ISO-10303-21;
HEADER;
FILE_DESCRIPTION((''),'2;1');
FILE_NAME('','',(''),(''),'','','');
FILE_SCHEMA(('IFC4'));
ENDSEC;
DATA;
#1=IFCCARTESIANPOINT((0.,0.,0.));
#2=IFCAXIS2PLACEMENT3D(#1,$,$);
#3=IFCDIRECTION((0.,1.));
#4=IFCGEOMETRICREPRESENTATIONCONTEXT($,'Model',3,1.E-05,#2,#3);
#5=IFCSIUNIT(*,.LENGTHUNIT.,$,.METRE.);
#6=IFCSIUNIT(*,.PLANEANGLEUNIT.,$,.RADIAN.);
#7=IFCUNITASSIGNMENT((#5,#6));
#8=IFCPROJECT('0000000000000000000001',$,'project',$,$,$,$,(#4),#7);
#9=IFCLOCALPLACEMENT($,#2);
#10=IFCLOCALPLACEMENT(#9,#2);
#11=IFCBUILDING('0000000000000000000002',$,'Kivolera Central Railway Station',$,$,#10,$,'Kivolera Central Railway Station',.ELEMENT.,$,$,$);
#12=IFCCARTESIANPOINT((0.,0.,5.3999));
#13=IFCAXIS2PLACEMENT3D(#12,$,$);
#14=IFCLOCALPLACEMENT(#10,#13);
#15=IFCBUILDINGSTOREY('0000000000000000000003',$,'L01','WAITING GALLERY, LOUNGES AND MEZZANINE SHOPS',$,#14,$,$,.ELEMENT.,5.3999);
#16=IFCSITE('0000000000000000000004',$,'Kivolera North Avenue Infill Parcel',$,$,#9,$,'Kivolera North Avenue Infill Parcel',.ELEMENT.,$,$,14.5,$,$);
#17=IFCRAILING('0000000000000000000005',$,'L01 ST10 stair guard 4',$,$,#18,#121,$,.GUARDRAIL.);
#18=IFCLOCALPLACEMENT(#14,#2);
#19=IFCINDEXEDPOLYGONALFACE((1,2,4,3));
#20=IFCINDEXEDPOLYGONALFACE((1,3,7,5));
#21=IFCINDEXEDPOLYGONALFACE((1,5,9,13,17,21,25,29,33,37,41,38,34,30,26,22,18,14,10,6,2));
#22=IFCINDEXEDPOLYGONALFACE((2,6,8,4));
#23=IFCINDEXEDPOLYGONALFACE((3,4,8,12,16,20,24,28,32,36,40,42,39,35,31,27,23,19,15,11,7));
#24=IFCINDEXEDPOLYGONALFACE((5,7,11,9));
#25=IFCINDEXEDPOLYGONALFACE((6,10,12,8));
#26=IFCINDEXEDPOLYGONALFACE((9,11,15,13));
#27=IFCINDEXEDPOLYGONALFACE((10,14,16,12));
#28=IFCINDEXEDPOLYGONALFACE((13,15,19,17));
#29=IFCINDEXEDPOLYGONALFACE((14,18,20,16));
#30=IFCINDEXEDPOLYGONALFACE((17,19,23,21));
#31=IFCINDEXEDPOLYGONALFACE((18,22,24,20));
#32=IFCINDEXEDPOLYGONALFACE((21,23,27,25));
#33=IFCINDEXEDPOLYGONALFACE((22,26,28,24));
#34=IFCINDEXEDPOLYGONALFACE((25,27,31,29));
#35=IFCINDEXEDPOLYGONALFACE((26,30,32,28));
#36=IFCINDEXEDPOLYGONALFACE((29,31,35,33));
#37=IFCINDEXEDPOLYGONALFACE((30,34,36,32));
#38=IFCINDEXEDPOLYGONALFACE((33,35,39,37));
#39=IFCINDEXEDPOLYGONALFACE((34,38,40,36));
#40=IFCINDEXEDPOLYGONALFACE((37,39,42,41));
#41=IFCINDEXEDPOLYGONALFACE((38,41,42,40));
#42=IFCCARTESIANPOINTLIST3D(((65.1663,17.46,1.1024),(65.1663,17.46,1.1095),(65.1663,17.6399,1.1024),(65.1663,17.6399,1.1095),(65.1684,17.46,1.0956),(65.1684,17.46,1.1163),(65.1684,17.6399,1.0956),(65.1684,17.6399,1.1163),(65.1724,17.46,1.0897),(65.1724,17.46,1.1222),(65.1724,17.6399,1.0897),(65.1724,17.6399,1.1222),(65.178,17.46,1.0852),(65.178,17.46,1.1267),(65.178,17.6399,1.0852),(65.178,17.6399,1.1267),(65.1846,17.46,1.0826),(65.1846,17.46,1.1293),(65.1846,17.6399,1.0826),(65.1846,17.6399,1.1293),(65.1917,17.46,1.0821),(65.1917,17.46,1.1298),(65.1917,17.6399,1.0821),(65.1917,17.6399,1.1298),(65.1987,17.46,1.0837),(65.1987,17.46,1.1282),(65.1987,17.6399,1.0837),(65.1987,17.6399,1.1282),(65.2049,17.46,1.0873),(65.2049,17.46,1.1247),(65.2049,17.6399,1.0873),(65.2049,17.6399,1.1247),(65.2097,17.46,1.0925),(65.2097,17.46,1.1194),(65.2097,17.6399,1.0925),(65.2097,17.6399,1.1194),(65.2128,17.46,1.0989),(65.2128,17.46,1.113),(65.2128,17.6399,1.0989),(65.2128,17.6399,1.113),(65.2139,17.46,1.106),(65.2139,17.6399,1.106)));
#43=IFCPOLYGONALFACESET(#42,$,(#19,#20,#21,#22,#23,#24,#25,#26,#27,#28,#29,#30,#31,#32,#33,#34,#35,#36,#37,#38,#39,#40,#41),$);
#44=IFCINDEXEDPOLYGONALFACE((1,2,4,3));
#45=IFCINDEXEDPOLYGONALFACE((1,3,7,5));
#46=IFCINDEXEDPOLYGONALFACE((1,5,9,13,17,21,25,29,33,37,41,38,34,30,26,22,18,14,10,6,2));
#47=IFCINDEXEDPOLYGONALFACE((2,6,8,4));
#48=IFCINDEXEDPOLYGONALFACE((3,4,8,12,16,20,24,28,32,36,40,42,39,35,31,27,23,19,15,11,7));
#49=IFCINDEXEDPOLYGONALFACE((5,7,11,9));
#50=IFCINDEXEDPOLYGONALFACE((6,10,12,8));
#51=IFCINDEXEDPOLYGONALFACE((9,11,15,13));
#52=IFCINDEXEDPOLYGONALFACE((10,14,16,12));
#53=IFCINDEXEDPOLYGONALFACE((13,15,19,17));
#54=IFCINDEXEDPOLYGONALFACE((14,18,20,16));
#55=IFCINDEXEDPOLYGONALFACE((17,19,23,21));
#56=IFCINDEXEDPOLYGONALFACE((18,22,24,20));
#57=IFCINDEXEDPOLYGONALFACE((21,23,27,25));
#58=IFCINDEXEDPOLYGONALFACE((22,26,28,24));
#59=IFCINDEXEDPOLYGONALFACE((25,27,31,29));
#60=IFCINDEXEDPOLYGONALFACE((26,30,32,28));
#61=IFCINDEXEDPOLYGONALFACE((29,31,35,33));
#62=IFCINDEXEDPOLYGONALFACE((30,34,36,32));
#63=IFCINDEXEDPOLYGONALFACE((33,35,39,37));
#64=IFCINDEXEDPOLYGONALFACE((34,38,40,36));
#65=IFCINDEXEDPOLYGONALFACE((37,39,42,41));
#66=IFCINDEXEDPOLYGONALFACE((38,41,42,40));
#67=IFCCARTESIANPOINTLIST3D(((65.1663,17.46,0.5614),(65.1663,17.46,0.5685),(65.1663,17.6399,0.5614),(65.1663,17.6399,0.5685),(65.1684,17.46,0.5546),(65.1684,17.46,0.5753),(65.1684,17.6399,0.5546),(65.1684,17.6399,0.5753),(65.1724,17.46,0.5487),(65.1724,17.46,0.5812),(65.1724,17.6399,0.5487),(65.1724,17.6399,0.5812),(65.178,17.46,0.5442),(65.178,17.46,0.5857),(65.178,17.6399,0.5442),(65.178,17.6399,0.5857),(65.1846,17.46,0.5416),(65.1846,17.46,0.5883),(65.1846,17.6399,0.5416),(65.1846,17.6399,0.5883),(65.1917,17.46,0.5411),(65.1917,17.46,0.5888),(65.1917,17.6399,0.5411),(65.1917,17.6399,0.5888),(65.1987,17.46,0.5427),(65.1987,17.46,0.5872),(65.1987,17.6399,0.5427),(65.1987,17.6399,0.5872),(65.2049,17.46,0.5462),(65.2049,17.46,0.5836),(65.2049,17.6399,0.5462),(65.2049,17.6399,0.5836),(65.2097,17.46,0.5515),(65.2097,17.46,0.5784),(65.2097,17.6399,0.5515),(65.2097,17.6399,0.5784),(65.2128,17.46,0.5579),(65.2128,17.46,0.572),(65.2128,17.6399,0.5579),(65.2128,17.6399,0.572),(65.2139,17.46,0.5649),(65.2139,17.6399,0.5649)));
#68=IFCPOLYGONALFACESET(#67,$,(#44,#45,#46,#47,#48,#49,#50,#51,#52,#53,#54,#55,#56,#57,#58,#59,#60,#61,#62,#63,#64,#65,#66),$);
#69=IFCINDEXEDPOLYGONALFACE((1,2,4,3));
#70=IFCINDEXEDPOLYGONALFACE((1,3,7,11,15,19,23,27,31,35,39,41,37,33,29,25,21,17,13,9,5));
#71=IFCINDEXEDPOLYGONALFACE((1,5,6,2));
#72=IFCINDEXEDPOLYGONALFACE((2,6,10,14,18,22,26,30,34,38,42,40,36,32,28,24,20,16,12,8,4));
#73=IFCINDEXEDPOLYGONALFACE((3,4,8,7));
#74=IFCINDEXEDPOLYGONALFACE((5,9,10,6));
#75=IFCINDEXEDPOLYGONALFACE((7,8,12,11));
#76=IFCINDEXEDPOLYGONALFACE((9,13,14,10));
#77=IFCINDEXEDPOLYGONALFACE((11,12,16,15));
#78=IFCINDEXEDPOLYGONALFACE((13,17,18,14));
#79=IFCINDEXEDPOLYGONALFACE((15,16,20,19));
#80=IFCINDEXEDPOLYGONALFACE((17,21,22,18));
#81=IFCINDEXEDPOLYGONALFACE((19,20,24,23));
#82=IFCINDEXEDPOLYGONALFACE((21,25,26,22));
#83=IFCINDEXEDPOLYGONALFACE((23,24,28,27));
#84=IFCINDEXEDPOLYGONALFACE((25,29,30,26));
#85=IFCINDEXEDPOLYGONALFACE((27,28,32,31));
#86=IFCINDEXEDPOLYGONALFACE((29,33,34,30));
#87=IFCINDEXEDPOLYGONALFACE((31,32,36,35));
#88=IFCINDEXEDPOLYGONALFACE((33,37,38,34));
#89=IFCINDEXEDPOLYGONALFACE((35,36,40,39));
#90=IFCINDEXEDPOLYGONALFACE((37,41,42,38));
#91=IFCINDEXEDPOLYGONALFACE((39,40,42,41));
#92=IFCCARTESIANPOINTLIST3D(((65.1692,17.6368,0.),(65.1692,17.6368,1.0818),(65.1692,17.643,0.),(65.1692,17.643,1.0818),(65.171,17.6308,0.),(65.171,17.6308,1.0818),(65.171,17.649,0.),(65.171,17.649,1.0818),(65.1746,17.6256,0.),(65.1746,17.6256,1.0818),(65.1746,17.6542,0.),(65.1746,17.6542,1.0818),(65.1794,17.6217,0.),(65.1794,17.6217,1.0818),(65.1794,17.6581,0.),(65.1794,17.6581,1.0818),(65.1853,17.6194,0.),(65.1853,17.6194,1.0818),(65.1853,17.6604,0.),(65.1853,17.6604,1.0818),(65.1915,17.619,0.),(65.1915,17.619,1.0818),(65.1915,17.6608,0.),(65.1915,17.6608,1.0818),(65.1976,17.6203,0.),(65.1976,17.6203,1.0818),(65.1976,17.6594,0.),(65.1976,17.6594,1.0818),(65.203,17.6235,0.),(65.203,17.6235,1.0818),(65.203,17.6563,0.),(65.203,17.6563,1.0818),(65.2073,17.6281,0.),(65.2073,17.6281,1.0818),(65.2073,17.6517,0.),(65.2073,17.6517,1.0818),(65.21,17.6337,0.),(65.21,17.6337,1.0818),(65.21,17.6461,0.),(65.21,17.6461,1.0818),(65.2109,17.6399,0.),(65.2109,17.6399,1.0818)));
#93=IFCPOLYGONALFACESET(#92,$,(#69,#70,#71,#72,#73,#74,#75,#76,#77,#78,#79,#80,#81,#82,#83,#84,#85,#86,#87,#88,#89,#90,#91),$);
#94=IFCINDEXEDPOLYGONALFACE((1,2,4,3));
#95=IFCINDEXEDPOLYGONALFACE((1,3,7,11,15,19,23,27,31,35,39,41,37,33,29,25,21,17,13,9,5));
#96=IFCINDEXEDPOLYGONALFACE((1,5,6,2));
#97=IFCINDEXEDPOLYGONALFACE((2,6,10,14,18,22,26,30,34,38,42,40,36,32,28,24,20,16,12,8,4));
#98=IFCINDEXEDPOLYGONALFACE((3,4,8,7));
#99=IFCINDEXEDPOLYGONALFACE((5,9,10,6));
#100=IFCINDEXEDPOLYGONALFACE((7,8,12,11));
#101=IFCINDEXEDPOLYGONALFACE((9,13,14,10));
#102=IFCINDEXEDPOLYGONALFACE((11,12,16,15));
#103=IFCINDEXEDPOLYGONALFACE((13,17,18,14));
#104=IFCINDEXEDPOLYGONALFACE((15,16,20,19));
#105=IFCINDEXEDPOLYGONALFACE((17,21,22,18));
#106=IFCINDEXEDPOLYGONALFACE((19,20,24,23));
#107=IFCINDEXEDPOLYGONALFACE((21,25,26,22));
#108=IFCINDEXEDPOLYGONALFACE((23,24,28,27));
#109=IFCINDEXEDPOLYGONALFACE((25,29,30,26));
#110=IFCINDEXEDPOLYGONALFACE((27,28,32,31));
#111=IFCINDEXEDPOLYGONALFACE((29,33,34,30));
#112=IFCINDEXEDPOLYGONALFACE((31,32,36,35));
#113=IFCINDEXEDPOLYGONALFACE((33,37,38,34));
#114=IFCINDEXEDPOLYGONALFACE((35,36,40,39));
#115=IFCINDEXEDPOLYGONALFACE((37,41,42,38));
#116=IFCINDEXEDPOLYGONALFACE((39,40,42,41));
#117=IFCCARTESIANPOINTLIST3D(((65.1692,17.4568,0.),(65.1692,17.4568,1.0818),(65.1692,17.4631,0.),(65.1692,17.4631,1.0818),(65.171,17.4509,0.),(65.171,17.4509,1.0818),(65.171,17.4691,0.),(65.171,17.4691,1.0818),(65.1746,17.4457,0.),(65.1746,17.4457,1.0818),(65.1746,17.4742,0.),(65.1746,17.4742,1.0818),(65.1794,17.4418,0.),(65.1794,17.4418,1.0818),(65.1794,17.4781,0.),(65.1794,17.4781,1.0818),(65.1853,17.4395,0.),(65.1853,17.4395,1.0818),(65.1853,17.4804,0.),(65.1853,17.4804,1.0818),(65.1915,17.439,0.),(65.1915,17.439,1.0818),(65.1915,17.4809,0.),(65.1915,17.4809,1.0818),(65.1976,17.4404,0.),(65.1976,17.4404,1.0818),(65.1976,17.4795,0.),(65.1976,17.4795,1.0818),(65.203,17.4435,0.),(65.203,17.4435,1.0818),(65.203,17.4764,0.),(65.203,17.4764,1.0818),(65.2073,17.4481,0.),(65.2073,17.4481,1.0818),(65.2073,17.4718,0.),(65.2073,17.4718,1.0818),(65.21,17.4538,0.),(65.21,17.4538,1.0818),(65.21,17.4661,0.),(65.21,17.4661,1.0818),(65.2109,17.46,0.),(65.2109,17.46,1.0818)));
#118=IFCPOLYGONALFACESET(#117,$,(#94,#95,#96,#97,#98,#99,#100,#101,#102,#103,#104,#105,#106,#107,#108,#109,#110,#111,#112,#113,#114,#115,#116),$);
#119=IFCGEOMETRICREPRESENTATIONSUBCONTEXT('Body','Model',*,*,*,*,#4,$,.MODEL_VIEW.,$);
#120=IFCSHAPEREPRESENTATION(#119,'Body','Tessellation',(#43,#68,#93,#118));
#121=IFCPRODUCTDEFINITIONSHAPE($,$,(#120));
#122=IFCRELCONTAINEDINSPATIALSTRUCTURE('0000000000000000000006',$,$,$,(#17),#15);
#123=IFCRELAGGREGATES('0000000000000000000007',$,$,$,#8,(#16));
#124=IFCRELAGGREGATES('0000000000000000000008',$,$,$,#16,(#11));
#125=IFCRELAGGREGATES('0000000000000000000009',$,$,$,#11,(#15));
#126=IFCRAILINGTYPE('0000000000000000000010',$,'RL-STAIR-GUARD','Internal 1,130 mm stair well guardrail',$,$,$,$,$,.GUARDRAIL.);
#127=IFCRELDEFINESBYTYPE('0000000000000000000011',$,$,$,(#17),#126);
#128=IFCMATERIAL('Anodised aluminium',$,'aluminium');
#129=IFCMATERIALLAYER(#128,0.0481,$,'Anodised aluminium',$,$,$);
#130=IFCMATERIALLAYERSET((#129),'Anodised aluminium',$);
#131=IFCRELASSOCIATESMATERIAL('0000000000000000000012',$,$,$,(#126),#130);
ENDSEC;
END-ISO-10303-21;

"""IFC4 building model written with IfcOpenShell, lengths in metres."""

from ifc_helpers import new_model, si_unit, direction, frame, origin, origin_2d, place, context, subcontext, project, spatial, circle, extrude, material, layer, layer_set, type_object, element, save


model = new_model("IFC4")

# Units and contexts
model_context = context("Model", 3, precision=1e-05, world=origin(), true_north=direction((0.0, 1.0)))
body_context = subcontext(model_context, "Body", "Model", "MODEL_VIEW")
ifc_project = project(units=[si_unit("LENGTHUNIT", "METRE"), si_unit("PLANEANGLEUNIT", "RADIAN")], contexts=[model_context])

# Site, building, storey
site_placement = place(None, origin())
site = spatial("IfcSite", under=ifc_project, at=site_placement, Name="Kivolera North Avenue Infill Parcel", LongName="Kivolera North Avenue Infill Parcel", CompositionType="ELEMENT", RefElevation=14.5)
building_placement = place(site_placement, origin())
building = spatial("IfcBuilding", under=site, at=building_placement, Name="Kivolera Central Railway Station", LongName="Kivolera Central Railway Station", CompositionType="ELEMENT")
storey_placement = place(building_placement, frame((0.0, 0.0, 5.3999)))
storey = spatial("IfcBuildingStorey", under=building, at=storey_placement, Name="L01", Description="WAITING GALLERY, LOUNGES AND MEZZANINE SHOPS", CompositionType="ELEMENT", Elevation=5.3999)

# Railing
ifc_material_1 = material(Name="Anodised aluminium", Category="aluminium")
ifc_layer_1 = layer(ifc_material_1, 0.0481, Name="Anodised aluminium")
ifc_layer_set_1 = layer_set([ifc_layer_1], Name="Anodised aluminium")
railing_type_1 = type_object("IfcRailingType", Name="RL-STAIR-GUARD", Description="Internal 1,130 mm stair well guardrail", PredefinedType="GUARDRAIL", material=ifc_layer_set_1)
railing_1_placement = place(storey_placement, frame((65.1899, 17.6399, 0.0)))
element("IfcRailing", 1, at=railing_1_placement, inside=storey, type_object=railing_type_1, Name="L01 ST10 stair guard 4", PredefinedType="GUARDRAIL", context=body_context, shape_type="SweptSolid", body=[
    extrude(circle(Radius=0.0239, at=origin_2d()), frame((0.0, 0.0, 1.106), z_axis=(0.0, -1.0, 0.0), x_axis=(1.0, 0.0, 0.0)), (0.0, 0.0, 1.0), 0.1799),
    extrude(circle(Radius=0.0239, at=origin_2d()), frame((0.0, 0.0, 0.5649), z_axis=(0.0, -1.0, 0.0), x_axis=(1.0, 0.0, 0.0)), (0.0, 0.0, 1.0), 0.1799),
    extrude(circle(Radius=0.021, at=origin_2d()), origin(), (0.0, 0.0, 1.0), 1.0818),
    extrude(circle(Radius=0.021, at=origin_2d()), frame((0.0, -0.1799, 0.0)), (0.0, 0.0, 1.0), 1.0818),
])

save(model, "model.ifc")
